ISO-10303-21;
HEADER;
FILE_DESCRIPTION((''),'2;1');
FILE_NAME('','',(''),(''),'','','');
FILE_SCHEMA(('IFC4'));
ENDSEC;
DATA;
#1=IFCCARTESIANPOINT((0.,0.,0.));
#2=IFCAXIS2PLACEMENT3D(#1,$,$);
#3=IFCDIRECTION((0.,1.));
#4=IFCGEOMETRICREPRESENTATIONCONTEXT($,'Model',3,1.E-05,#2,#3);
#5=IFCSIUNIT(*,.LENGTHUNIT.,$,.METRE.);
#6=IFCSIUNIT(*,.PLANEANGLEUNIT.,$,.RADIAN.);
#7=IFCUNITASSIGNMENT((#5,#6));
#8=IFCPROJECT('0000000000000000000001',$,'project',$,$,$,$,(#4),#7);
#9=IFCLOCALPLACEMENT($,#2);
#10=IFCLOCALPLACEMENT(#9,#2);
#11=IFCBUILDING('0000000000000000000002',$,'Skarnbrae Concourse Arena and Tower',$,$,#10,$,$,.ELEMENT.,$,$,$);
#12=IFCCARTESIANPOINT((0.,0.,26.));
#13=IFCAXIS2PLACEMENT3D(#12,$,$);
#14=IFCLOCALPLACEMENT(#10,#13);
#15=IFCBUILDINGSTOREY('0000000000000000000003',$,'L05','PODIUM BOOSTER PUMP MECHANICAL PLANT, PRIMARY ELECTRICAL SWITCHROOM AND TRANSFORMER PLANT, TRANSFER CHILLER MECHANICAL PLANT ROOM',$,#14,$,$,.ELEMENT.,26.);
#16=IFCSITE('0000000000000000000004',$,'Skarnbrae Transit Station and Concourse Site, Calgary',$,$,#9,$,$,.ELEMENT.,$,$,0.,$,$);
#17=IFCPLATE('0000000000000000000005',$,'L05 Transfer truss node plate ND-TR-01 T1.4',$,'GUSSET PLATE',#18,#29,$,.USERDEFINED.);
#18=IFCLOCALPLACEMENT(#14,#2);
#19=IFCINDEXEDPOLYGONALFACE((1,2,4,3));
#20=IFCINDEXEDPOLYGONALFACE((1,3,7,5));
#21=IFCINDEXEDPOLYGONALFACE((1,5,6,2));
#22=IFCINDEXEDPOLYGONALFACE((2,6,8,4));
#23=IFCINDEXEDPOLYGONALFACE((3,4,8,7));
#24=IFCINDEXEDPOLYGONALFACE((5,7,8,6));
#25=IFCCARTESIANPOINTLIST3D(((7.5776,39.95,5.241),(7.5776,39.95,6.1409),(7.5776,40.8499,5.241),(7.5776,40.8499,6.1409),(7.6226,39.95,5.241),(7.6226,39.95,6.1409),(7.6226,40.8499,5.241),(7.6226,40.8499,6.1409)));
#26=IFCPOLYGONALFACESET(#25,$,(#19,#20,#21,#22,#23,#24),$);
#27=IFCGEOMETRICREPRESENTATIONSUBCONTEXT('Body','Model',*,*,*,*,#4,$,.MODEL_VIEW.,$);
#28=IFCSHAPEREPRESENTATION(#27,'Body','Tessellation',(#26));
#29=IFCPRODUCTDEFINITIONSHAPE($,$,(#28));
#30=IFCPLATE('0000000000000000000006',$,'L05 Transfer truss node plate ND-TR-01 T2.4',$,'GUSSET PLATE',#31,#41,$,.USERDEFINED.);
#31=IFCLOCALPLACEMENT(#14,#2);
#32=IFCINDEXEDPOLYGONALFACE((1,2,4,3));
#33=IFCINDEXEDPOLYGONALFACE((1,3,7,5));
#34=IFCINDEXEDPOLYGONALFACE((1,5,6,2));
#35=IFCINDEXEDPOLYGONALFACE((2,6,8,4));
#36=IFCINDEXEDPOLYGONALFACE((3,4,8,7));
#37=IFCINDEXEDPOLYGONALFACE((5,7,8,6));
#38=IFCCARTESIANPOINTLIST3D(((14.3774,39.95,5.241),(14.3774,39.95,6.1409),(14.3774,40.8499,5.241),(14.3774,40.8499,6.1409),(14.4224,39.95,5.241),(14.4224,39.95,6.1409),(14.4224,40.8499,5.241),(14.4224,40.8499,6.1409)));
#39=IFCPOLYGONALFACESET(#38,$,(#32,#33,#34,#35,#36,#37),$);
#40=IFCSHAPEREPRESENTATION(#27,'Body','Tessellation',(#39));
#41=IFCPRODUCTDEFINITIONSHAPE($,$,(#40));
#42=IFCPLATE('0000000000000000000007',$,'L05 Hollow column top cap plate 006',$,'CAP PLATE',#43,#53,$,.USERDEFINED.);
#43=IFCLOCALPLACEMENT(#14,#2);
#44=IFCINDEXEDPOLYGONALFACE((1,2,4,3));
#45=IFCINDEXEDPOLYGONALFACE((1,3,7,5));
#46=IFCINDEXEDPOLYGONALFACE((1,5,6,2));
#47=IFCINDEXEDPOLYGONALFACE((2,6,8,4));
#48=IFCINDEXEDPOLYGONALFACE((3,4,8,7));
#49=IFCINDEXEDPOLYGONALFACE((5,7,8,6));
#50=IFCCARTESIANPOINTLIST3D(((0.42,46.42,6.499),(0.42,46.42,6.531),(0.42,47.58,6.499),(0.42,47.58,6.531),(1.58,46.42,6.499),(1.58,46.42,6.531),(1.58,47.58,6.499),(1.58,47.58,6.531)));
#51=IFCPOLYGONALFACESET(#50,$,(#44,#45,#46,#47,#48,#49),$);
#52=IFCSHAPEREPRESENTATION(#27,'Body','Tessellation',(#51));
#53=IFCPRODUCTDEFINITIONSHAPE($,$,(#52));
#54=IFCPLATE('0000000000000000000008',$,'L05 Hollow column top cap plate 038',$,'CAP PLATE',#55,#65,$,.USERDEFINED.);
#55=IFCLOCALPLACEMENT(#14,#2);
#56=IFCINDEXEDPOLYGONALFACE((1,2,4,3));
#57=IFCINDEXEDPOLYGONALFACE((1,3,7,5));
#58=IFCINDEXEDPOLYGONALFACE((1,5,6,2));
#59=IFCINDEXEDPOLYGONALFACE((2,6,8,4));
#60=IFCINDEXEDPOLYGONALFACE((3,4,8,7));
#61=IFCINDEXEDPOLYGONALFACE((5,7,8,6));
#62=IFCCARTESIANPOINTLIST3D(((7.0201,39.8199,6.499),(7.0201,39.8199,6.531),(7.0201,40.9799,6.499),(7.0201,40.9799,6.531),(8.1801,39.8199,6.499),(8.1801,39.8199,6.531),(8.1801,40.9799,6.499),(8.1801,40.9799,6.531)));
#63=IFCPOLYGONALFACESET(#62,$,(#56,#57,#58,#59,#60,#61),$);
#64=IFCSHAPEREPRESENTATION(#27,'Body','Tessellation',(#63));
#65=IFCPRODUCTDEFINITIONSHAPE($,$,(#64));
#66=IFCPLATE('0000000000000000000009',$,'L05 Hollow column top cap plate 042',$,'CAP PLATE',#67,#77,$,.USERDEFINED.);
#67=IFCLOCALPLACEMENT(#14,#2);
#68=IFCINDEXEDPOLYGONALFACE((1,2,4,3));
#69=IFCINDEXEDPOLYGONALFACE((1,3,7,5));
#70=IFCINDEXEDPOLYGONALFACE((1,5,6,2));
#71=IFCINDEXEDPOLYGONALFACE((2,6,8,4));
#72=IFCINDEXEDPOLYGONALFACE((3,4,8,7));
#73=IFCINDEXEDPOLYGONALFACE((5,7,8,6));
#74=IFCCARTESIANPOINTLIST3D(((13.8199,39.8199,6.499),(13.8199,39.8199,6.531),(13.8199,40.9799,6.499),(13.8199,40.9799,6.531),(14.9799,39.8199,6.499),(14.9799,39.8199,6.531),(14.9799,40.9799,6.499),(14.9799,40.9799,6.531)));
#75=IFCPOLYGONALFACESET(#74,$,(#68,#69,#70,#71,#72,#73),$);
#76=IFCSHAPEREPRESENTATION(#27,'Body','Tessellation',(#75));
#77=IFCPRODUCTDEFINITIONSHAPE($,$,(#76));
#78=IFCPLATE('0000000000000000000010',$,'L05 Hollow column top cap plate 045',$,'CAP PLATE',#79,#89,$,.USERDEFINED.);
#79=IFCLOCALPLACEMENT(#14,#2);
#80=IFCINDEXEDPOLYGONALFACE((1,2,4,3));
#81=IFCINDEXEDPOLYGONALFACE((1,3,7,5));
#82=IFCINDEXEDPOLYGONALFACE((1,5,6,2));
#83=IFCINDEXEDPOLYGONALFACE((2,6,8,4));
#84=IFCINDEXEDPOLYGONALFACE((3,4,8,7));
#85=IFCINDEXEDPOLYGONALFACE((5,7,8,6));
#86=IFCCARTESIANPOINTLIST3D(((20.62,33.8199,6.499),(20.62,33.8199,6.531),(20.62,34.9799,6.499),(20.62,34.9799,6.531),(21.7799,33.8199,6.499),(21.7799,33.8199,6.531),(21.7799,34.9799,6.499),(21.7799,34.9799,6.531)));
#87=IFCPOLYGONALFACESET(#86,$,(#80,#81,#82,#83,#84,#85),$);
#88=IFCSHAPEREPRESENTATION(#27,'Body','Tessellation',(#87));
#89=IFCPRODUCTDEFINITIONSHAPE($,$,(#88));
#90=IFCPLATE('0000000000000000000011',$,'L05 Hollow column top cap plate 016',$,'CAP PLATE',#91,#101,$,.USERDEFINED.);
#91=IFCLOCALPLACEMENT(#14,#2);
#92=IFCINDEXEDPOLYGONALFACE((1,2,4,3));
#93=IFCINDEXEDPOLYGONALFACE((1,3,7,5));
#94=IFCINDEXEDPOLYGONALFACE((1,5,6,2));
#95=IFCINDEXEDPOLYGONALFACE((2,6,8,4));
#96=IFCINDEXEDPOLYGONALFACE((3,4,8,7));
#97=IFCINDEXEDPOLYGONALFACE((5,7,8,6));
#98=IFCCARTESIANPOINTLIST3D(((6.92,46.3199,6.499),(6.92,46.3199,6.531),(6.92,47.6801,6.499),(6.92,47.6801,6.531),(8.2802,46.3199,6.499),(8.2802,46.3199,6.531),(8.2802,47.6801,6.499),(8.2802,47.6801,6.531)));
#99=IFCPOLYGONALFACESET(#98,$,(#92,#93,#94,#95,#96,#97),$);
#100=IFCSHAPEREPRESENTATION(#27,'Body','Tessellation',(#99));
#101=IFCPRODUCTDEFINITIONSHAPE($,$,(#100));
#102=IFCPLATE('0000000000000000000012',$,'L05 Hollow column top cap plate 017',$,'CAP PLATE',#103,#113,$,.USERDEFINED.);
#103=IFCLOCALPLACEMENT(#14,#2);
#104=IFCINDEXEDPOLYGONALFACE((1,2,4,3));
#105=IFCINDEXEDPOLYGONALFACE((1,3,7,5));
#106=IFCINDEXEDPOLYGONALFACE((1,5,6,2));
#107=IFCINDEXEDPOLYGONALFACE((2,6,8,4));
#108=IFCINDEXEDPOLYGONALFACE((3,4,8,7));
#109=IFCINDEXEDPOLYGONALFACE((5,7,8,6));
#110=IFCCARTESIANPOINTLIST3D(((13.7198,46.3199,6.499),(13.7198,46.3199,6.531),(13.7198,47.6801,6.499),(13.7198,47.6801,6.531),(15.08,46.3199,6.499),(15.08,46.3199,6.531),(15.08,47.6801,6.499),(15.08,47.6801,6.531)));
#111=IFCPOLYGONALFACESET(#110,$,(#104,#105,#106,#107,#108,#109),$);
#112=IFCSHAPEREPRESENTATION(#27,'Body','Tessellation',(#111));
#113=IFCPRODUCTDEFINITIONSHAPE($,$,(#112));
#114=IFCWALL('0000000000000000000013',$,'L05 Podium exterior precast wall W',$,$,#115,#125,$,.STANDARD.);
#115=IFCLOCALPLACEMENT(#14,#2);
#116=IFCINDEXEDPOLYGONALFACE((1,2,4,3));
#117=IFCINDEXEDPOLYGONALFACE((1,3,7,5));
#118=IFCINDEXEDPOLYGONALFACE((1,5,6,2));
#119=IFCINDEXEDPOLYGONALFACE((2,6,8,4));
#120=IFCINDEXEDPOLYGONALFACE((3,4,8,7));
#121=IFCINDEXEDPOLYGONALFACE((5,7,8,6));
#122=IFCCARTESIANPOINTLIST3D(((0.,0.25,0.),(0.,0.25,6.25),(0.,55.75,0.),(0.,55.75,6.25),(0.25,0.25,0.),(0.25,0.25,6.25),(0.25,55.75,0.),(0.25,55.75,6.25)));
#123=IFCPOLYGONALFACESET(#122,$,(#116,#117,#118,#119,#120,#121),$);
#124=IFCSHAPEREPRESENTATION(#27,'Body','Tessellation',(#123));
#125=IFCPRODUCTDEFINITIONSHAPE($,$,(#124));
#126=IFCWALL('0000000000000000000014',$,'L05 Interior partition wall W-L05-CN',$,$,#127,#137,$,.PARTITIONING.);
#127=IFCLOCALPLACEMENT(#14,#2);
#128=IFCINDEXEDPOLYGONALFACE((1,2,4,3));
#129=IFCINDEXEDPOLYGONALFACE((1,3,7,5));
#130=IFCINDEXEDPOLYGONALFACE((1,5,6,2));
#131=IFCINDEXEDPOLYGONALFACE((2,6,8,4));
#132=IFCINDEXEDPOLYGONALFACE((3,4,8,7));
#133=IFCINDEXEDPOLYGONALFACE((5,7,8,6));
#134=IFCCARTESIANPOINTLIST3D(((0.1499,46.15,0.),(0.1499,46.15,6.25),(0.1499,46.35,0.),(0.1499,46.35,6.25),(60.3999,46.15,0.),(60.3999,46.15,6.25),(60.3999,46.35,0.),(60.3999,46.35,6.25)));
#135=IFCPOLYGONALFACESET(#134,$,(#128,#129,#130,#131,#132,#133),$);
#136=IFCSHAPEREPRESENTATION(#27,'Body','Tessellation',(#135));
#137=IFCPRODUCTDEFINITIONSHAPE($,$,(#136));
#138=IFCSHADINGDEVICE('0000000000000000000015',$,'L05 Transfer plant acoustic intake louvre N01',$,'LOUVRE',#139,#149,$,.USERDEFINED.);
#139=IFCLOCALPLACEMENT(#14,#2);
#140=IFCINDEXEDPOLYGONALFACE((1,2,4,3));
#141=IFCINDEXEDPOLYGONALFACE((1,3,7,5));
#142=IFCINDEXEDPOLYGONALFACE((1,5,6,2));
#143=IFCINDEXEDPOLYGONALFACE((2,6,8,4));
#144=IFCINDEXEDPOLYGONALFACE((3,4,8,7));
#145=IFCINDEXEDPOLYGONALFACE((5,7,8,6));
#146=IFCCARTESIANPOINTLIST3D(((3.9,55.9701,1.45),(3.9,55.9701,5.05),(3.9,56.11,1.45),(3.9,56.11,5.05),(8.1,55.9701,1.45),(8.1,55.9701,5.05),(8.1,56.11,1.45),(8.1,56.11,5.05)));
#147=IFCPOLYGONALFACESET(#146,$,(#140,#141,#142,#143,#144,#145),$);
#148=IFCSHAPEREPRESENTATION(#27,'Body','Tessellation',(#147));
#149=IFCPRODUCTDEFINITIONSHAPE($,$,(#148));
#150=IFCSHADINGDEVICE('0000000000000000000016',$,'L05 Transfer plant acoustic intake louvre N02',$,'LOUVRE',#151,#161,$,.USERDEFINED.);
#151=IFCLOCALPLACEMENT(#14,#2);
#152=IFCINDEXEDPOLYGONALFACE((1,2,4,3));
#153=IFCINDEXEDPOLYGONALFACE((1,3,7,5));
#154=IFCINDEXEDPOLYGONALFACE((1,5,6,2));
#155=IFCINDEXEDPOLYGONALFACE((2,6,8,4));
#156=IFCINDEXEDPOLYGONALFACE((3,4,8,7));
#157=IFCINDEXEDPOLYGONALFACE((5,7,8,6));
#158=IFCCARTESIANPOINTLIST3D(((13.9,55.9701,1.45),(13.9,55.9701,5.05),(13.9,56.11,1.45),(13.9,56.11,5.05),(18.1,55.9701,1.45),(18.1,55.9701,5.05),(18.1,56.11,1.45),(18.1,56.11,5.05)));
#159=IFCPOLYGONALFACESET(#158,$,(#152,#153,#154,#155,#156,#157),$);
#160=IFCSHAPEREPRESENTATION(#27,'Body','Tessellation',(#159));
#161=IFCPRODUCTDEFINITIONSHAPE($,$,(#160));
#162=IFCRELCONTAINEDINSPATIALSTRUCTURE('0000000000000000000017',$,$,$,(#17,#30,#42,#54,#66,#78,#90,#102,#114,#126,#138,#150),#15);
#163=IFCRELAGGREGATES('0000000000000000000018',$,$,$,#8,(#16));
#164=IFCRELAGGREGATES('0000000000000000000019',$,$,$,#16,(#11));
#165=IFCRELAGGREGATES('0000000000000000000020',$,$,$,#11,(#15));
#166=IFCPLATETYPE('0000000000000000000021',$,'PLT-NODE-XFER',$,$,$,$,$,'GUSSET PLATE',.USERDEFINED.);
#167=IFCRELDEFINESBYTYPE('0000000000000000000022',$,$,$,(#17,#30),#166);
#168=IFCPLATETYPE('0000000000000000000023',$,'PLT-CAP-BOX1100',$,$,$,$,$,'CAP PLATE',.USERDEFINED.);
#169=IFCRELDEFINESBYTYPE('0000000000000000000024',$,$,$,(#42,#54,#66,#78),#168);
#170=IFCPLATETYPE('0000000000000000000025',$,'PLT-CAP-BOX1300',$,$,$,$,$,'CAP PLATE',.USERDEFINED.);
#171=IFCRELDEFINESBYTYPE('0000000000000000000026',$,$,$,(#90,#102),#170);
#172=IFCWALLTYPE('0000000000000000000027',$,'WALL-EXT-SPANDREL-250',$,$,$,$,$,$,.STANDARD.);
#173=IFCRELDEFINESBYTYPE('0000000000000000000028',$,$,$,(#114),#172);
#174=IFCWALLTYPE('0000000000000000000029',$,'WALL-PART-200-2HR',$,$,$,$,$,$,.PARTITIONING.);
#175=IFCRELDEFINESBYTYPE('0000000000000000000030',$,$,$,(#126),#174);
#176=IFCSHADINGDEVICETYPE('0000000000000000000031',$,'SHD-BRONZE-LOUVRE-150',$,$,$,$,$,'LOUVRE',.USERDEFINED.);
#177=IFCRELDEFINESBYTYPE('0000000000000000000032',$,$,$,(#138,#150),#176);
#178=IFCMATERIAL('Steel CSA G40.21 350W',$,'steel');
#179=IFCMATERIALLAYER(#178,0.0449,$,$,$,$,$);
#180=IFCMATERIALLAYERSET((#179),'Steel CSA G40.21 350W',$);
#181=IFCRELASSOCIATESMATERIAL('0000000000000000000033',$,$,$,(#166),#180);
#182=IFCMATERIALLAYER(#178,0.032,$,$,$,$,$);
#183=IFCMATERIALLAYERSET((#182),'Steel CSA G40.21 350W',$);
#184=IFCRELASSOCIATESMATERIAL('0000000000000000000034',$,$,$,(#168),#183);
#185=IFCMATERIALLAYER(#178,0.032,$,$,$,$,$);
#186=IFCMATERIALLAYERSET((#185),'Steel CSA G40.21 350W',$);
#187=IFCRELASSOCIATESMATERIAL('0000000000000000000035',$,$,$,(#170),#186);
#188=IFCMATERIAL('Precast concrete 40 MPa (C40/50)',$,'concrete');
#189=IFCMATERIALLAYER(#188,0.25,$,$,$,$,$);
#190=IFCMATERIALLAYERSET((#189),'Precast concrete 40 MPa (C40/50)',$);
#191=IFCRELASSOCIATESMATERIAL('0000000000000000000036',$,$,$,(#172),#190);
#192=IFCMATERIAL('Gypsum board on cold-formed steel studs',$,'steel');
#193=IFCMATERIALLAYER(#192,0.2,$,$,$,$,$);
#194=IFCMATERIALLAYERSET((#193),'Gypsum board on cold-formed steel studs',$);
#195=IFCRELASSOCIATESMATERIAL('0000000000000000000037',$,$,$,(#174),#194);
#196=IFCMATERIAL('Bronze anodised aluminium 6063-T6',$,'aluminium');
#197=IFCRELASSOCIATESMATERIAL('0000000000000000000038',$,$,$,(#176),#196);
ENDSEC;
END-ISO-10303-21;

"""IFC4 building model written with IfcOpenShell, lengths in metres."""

from ifc_helpers import new_model, si_unit, direction, frame, frame_2d, origin, origin_2d, place, context, subcontext, project, spatial, rectangle, extrude, source, transform, mapped, material, layer, layer_set, type_object, element, save


model = new_model("IFC4")

# Units and contexts
model_context = context("Model", 3, precision=1e-05, world=origin(), true_north=direction((0.0, 1.0)))
body_context = subcontext(model_context, "Body", "Model", "MODEL_VIEW")
ifc_project = project(units=[si_unit("LENGTHUNIT", "METRE"), si_unit("PLANEANGLEUNIT", "RADIAN")], contexts=[model_context])

# Site, building, storey
site_placement = place(None, origin())
site = spatial("IfcSite", under=ifc_project, at=site_placement, Name="Skarnbrae Transit Station and Concourse Site, Calgary", CompositionType="ELEMENT", RefElevation=0.0)
building_placement = place(site_placement, origin())
building = spatial("IfcBuilding", under=site, at=building_placement, Name="Skarnbrae Concourse Arena and Tower", CompositionType="ELEMENT")
storey_placement = place(building_placement, frame((0.0, 0.0, 26.0)))
storey = spatial("IfcBuildingStorey", under=building, at=storey_placement, Name="L05", Description="PODIUM BOOSTER PUMP MECHANICAL PLANT, PRIMARY ELECTRICAL SWITCHROOM AND TRANSFORMER PLANT, TRANSFER CHILLER MECHANICAL PLANT ROOM", CompositionType="ELEMENT", Elevation=26.0)

# Shared definitions
ifc_material_1 = material(Name="Steel CSA G40.21 350W", Category="steel")

# Plates
ifc_layer_1 = layer(ifc_material_1, 0.0449)
ifc_layer_set_1 = layer_set([ifc_layer_1], Name="Steel CSA G40.21 350W")
plate_type_1 = type_object("IfcPlateType", Name="PLT-NODE-XFER", ElementType="GUSSET PLATE", PredefinedType="USERDEFINED", material=ifc_layer_set_1)
shared_shape_1 = source(origin(), body_context, "Body", "SweptSolid", [
    extrude(rectangle(XDim=0.8999, YDim=0.0449, at=origin_2d()), origin(), (0.0, 0.0, 1.0), 0.8999),
])
for number, where, z_axis, x_axis, name in (
    (1, (7.6001, 40.3999, 5.241), (0.0, 0.0, 1.0), (0.0, 1.0, 0.0), "L05 Transfer truss node plate ND-TR-01 T1.4"),
    (2, (14.3999, 40.3999, 5.241), (0.0, 0.0, 1.0), (0.0, 1.0, 0.0), "L05 Transfer truss node plate ND-TR-01 T2.4"),
):
    element("IfcPlate", number, at=place(storey_placement, frame(where, z_axis=z_axis, x_axis=x_axis)), inside=storey, type_object=plate_type_1, Name=name, ObjectType="GUSSET PLATE", PredefinedType="USERDEFINED", context=body_context, shape_type="MappedRepresentation", body=[
        mapped(shared_shape_1, transform((0.0, 0.0, 0.0))),
    ])
ifc_layer_2 = layer(ifc_material_1, 0.032)
ifc_layer_set_2 = layer_set([ifc_layer_2], Name="Steel CSA G40.21 350W")
plate_type_2 = type_object("IfcPlateType", Name="PLT-CAP-BOX1100", ElementType="CAP PLATE", PredefinedType="USERDEFINED", material=ifc_layer_set_2)
shared_shape_2 = source(origin(), body_context, "Body", "SweptSolid", [
    extrude(rectangle(XDim=1.1599, YDim=1.1599, at=origin_2d()), origin(), (0.0, 0.0, 1.0), 0.032),
])
for number, where, z_axis, x_axis, name in (
    (3, (1.0, 47.0, 6.499), (0.0, 0.0, 1.0), (1.0, 0.0, 0.0), "L05 Hollow column top cap plate 006"),
    (4, (7.6001, 40.3999, 6.499), (0.0, 0.0, 1.0), (1.0, 0.0, 0.0), "L05 Hollow column top cap plate 038"),
    (5, (14.3999, 40.3999, 6.499), (0.0, 0.0, 1.0), (1.0, 0.0, 0.0), "L05 Hollow column top cap plate 042"),
    (6, (21.2, 34.3999, 6.499), (0.0, 0.0, 1.0), (1.0, 0.0, 0.0), "L05 Hollow column top cap plate 045"),
):
    element("IfcPlate", number, at=place(storey_placement, frame(where, z_axis=z_axis, x_axis=x_axis)), inside=storey, type_object=plate_type_2, Name=name, ObjectType="CAP PLATE", PredefinedType="USERDEFINED", context=body_context, shape_type="MappedRepresentation", body=[
        mapped(shared_shape_2, transform((0.0, 0.0, 0.0))),
    ])
ifc_layer_3 = layer(ifc_material_1, 0.032)
ifc_layer_set_3 = layer_set([ifc_layer_3], Name="Steel CSA G40.21 350W")
plate_type_3 = type_object("IfcPlateType", Name="PLT-CAP-BOX1300", ElementType="CAP PLATE", PredefinedType="USERDEFINED", material=ifc_layer_set_3)
shared_shape_3 = source(origin(), body_context, "Body", "SweptSolid", [
    extrude(rectangle(XDim=1.3601, YDim=1.3601, at=origin_2d()), origin(), (0.0, 0.0, 1.0), 0.032),
])
for number, where, z_axis, x_axis, name in (
    (7, (7.6001, 47.0, 6.499), (0.0, 0.0, 1.0), (1.0, 0.0, 0.0), "L05 Hollow column top cap plate 016"),
    (8, (14.3999, 47.0, 6.499), (0.0, 0.0, 1.0), (1.0, 0.0, 0.0), "L05 Hollow column top cap plate 017"),
):
    element("IfcPlate", number, at=place(storey_placement, frame(where, z_axis=z_axis, x_axis=x_axis)), inside=storey, type_object=plate_type_3, Name=name, ObjectType="CAP PLATE", PredefinedType="USERDEFINED", context=body_context, shape_type="MappedRepresentation", body=[
        mapped(shared_shape_3, transform((0.0, 0.0, 0.0))),
    ])

# Walls
ifc_material_2 = material(Name="Precast concrete 40 MPa (C40/50)", Category="concrete")
ifc_layer_4 = layer(ifc_material_2, 0.25)
ifc_layer_set_4 = layer_set([ifc_layer_4], Name="Precast concrete 40 MPa (C40/50)")
wall_type_1 = type_object("IfcWallType", Name="WALL-EXT-SPANDREL-250", PredefinedType="STANDARD", material=ifc_layer_set_4)
shared_shape_4 = source(origin(), body_context, "Body", "SweptSolid", [
    extrude(rectangle(XDim=55.5, YDim=0.25, at=frame_2d((27.75, 0.0))), origin(), (0.0, 0.0, 1.0), 6.25),
])
wall_1_placement = place(storey_placement, frame((0.125, 55.75, 0.0), z_axis=(0.0, 0.0, 1.0), x_axis=(0.0, -1.0, 0.0)))
element("IfcWall", 9, at=wall_1_placement, inside=storey, type_object=wall_type_1, Name="L05 Podium exterior precast wall W", PredefinedType="STANDARD", context=body_context, shape_type="MappedRepresentation", body=[
    mapped(shared_shape_4, transform((0.0, 0.0, 0.0))),
])
ifc_material_3 = material(Name="Gypsum board on cold-formed steel studs", Category="steel")
ifc_layer_5 = layer(ifc_material_3, 0.2)
ifc_layer_set_5 = layer_set([ifc_layer_5], Name="Gypsum board on cold-formed steel studs")
wall_type_2 = type_object("IfcWallType", Name="WALL-PART-200-2HR", PredefinedType="PARTITIONING", material=ifc_layer_set_5)
shared_shape_5 = source(origin(), body_context, "Body", "SweptSolid", [
    extrude(rectangle(XDim=60.25, YDim=0.2, at=frame_2d((30.125, 0.0))), origin(), (0.0, 0.0, 1.0), 6.25),
])
wall_2_placement = place(storey_placement, frame((0.1499, 46.25, 0.0), z_axis=(0.0, 0.0, 1.0), x_axis=(1.0, 0.0, 0.0)))
element("IfcWall", 10, at=wall_2_placement, inside=storey, type_object=wall_type_2, Name="L05 Interior partition wall W-L05-CN", PredefinedType="PARTITIONING", context=body_context, shape_type="MappedRepresentation", body=[
    mapped(shared_shape_5, transform((0.0, 0.0, 0.0))),
])

# Shading devices
ifc_material_4 = material(Name="Bronze anodised aluminium 6063-T6", Category="aluminium")
shading_device_type = type_object("IfcShadingDeviceType", Name="SHD-BRONZE-LOUVRE-150", ElementType="LOUVRE", PredefinedType="USERDEFINED", material=ifc_material_4)
shared_shape_6 = source(origin(), body_context, "Body", "SweptSolid", [
    extrude(rectangle(XDim=4.2, YDim=0.1399, at=origin_2d()), origin(), (0.0, 0.0, 1.0), 3.6001),
])
for number, where, z_axis, x_axis, name in (
    (11, (6.0, 56.04, 1.45), (0.0, 0.0, 1.0), (1.0, 0.0, 0.0), "L05 Transfer plant acoustic intake louvre N01"),
    (12, (16.0, 56.04, 1.45), (0.0, 0.0, 1.0), (1.0, 0.0, 0.0), "L05 Transfer plant acoustic intake louvre N02"),
):
    element("IfcShadingDevice", number, at=place(storey_placement, frame(where, z_axis=z_axis, x_axis=x_axis)), inside=storey, type_object=shading_device_type, Name=name, ObjectType="LOUVRE", PredefinedType="USERDEFINED", context=body_context, shape_type="MappedRepresentation", body=[
        mapped(shared_shape_6, transform((0.0, 0.0, 0.0))),
    ])

save(model, "model.ifc")
